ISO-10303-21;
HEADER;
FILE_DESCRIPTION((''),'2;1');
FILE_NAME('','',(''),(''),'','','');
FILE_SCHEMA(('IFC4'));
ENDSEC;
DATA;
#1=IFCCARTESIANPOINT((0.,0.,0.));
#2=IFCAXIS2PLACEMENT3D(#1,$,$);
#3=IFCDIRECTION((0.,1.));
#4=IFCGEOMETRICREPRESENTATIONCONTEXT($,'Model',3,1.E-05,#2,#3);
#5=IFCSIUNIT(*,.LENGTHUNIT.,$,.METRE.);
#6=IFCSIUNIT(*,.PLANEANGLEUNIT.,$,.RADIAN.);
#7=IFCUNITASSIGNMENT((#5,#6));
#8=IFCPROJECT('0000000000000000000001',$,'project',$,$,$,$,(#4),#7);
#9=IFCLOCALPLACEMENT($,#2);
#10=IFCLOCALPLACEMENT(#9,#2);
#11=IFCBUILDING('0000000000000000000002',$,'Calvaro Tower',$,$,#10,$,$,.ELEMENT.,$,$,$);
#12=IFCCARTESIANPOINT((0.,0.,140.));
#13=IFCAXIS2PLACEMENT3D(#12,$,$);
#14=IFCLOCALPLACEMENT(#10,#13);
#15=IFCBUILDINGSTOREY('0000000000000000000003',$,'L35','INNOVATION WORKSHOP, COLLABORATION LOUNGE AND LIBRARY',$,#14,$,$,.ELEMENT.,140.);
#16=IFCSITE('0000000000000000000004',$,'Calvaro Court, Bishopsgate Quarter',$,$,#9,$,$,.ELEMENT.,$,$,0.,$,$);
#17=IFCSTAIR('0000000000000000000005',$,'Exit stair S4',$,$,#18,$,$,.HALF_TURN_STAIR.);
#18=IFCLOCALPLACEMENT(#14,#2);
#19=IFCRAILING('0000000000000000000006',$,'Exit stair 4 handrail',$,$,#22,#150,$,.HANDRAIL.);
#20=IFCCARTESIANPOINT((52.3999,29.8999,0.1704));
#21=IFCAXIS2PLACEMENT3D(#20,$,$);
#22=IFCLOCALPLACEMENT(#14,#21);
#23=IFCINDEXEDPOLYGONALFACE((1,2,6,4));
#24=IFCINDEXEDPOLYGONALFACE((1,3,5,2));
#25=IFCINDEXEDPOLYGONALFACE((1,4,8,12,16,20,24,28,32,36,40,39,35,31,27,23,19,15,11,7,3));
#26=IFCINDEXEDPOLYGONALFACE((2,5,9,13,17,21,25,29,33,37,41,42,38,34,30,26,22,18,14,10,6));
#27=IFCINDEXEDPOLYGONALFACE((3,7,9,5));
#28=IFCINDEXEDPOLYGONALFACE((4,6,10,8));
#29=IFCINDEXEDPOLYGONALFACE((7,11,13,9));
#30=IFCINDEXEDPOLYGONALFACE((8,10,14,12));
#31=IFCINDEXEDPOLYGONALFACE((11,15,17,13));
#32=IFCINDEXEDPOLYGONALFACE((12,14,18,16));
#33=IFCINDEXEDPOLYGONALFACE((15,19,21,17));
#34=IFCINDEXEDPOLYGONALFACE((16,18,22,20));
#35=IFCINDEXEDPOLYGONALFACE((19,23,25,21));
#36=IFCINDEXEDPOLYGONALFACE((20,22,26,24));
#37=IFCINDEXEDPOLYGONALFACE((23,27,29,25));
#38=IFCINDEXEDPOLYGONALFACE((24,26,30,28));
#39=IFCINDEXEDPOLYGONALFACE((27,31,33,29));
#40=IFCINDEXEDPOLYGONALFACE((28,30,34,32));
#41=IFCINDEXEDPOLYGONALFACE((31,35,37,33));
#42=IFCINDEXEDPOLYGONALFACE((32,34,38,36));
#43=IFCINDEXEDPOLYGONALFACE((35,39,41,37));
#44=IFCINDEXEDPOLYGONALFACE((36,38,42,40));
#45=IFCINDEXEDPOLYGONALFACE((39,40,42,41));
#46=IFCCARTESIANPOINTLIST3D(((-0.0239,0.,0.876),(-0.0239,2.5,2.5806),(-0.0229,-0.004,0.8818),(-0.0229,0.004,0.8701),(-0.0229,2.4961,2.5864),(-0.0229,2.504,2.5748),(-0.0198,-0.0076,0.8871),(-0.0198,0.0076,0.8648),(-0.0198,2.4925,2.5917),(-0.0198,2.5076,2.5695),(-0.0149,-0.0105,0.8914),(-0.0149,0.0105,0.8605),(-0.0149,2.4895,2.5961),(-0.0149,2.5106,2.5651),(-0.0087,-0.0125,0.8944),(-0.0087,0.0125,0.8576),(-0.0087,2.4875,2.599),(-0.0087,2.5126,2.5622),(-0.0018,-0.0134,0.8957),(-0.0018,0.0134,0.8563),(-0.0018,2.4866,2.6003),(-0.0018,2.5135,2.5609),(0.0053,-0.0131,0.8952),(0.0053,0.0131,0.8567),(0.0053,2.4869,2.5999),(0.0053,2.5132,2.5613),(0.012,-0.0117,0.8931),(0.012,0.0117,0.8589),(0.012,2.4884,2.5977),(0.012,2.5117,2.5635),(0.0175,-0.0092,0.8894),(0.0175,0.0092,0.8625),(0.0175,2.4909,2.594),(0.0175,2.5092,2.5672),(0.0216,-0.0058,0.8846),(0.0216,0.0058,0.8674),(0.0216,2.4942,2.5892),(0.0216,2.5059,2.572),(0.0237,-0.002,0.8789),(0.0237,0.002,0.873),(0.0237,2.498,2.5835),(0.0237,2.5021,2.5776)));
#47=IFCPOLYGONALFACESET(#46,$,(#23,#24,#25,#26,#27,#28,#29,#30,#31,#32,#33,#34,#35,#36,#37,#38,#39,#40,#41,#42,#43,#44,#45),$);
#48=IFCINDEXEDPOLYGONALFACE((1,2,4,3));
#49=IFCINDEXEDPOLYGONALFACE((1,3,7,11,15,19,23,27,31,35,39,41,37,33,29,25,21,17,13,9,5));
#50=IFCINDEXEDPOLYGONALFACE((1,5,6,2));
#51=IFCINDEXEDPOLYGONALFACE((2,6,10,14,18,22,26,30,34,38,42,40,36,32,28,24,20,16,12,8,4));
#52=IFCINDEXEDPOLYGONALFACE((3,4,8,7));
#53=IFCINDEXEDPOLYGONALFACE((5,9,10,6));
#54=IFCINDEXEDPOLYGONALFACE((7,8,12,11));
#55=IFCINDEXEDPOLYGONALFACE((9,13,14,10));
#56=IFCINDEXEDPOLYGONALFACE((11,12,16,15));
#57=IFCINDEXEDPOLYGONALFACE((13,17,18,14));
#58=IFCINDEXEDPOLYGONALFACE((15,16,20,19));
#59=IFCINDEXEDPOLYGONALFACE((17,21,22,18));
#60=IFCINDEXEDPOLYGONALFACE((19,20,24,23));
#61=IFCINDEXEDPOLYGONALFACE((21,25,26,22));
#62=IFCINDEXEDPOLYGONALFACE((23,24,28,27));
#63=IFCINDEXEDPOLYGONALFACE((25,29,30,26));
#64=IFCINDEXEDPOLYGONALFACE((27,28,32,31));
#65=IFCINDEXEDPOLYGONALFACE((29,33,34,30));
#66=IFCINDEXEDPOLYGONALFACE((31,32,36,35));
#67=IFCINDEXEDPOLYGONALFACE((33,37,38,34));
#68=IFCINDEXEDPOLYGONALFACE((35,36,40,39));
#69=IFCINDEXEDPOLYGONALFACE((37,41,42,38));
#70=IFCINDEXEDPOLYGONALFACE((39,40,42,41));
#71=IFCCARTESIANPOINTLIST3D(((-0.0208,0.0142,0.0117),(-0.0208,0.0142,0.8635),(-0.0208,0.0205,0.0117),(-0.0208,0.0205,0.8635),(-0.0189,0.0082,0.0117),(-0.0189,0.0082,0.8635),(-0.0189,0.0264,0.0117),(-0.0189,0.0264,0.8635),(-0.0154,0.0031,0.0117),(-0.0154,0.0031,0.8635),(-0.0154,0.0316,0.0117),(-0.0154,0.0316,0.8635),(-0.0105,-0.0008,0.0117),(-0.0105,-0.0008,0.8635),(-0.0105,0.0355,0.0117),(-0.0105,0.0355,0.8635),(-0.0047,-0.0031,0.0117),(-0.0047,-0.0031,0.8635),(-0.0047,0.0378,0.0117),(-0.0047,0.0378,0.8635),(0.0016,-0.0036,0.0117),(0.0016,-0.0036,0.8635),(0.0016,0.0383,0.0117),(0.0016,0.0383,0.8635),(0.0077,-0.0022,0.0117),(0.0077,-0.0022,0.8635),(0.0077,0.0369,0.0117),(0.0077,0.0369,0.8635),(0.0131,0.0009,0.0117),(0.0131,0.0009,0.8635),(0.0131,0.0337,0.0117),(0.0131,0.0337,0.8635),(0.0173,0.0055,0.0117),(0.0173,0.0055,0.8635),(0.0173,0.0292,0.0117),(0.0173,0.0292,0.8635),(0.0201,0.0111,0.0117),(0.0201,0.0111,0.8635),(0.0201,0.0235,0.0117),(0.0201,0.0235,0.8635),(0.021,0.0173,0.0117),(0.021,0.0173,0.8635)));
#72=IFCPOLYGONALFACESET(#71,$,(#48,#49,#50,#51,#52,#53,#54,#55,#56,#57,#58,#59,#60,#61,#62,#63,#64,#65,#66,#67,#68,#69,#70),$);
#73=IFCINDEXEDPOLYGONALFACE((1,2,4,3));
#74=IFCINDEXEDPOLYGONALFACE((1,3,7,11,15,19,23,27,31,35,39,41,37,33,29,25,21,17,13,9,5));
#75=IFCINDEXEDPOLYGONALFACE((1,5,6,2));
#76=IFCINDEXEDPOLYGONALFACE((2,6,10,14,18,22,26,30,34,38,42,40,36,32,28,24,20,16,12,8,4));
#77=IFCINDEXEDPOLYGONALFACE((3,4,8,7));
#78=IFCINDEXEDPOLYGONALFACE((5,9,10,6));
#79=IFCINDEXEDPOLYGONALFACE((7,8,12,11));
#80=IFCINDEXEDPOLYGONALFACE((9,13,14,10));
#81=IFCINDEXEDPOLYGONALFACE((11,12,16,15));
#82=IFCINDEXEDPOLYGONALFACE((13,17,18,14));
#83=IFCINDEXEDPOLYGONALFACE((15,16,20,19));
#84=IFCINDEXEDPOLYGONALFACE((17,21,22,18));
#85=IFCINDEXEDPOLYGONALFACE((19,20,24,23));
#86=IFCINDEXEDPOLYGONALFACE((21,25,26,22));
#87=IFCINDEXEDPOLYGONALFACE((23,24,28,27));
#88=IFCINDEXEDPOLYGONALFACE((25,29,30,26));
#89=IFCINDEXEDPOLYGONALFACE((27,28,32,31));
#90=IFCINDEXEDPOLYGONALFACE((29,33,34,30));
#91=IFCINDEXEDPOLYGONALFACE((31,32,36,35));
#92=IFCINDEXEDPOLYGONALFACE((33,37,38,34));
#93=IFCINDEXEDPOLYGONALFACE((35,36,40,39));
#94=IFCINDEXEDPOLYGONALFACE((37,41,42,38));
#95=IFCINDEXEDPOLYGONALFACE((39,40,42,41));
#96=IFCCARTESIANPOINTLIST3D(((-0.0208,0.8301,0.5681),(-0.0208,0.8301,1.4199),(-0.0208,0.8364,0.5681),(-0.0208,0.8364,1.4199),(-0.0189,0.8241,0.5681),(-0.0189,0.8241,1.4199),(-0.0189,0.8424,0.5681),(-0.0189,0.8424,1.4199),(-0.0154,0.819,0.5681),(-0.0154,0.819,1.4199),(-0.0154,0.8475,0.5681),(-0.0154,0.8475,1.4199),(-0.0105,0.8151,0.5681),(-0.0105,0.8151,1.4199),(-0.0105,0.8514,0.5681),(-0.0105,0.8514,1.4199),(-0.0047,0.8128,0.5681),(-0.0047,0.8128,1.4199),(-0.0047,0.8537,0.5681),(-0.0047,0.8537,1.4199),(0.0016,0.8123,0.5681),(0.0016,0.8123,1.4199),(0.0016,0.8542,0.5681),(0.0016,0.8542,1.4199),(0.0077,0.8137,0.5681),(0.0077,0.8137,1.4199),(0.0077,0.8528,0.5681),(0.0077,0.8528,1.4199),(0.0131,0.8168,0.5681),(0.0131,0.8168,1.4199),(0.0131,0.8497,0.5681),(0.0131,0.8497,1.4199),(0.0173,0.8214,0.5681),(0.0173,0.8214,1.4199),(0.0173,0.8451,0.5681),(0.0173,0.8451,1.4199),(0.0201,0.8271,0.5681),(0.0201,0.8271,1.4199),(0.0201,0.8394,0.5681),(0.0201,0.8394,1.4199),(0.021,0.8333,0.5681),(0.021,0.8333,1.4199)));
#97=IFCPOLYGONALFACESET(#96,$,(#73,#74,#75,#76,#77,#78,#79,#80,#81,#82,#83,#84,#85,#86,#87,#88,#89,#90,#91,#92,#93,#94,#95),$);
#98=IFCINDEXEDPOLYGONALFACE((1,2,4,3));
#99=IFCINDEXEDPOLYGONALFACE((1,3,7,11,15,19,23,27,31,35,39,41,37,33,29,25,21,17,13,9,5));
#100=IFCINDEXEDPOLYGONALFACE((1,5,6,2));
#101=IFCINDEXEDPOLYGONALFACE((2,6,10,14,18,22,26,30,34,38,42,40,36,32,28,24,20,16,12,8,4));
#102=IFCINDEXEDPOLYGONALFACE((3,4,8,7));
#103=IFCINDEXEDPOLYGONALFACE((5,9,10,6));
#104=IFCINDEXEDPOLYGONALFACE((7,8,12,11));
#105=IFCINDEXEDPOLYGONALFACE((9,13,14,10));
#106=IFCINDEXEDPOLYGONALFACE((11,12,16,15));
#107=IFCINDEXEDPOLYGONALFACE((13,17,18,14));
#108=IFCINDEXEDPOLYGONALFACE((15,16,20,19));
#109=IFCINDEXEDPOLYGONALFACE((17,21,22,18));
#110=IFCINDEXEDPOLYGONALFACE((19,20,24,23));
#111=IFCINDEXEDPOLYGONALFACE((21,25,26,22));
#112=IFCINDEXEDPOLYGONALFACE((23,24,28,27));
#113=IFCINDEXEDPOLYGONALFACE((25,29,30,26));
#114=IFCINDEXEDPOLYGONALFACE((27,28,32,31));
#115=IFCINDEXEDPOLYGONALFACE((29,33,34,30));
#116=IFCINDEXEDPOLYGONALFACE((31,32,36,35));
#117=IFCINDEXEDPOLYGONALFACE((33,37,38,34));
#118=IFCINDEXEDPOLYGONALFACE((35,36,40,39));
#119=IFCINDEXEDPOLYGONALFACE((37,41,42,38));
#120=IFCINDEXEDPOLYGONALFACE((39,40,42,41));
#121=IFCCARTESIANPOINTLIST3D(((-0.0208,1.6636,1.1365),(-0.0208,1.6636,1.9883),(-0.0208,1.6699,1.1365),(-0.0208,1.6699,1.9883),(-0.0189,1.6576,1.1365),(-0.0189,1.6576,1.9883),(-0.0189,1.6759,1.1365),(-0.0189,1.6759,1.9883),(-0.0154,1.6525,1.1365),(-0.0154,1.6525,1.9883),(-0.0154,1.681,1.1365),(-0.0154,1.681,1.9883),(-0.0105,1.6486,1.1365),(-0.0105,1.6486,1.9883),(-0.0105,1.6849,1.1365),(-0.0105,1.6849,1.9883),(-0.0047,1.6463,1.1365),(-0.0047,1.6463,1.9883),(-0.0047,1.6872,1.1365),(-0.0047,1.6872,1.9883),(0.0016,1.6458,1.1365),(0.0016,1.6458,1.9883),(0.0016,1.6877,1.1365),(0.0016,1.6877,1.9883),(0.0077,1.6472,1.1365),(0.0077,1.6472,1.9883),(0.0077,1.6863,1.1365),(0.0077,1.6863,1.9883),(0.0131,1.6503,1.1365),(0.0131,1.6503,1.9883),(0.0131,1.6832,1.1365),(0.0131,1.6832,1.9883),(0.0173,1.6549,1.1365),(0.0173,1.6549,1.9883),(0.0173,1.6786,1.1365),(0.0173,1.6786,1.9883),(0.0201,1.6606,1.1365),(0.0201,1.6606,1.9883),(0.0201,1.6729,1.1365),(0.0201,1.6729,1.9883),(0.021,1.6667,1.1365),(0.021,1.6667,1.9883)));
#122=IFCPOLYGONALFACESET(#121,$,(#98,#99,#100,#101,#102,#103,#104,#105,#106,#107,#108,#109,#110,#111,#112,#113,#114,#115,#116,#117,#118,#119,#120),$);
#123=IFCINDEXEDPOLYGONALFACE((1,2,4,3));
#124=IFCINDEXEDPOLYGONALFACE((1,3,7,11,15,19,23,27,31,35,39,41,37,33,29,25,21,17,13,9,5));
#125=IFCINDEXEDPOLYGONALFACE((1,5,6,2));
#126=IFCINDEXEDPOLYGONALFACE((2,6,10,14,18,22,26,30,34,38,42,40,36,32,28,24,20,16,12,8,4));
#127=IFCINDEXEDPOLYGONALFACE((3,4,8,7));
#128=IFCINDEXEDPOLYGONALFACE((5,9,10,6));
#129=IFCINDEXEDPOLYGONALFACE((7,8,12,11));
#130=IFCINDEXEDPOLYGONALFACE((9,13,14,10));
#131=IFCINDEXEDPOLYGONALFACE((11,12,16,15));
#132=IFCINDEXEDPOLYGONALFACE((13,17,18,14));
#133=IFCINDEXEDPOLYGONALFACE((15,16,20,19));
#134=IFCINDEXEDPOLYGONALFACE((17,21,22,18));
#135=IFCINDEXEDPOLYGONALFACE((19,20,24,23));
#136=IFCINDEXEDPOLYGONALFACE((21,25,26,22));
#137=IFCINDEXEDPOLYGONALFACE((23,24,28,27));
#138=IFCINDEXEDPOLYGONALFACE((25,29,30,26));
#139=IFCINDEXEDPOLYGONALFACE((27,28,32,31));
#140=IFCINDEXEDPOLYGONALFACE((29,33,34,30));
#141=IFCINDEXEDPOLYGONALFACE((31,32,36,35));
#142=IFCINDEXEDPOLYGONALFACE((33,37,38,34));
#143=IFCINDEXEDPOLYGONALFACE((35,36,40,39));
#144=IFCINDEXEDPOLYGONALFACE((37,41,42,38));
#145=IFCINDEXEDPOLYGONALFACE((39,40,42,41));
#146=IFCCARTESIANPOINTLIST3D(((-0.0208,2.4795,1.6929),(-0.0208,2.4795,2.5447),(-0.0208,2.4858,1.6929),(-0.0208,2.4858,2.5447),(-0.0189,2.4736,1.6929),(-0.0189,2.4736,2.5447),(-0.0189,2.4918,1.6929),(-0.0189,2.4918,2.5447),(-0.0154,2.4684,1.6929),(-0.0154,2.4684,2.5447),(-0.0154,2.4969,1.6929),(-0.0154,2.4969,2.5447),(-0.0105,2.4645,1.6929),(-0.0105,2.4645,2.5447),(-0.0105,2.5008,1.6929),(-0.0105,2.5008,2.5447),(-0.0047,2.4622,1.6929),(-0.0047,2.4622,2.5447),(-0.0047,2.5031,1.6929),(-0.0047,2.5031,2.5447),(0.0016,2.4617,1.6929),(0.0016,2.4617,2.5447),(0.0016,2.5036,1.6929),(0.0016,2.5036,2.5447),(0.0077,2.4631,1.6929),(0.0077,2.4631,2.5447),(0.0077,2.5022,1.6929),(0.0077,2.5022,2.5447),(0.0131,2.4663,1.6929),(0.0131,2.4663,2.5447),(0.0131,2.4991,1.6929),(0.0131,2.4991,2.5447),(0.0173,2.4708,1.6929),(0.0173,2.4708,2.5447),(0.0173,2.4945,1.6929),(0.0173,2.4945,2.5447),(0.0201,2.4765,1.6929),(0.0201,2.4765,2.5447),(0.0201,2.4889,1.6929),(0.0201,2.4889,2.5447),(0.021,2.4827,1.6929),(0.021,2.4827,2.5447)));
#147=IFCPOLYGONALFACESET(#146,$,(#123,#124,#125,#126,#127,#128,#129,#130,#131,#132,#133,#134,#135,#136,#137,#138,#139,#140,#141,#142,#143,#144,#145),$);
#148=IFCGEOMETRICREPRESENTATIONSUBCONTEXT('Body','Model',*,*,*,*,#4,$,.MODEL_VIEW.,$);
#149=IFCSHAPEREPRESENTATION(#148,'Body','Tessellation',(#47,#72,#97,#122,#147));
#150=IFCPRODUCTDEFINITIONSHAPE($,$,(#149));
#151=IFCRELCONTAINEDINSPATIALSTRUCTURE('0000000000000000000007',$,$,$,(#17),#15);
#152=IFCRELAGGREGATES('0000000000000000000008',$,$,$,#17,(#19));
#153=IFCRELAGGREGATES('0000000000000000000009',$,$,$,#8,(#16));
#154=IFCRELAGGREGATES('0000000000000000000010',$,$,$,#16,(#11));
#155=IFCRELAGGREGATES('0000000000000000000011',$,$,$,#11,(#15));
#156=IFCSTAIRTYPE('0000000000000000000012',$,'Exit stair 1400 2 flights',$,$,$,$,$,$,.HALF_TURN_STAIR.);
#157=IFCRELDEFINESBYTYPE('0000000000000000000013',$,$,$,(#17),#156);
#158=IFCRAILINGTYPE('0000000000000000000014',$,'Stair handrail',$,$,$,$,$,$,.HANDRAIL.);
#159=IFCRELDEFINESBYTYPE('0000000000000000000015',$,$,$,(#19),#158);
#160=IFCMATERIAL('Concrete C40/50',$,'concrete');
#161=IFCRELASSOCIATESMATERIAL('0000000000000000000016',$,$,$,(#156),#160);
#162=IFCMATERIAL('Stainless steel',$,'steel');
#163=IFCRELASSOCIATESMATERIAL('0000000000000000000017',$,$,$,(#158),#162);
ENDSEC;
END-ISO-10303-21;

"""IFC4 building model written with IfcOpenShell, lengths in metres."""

from ifc_helpers import new_model, si_unit, direction, frame, origin, origin_2d, place, context, subcontext, project, spatial, circle, extrude, material, type_object, element, aggregate, save


model = new_model("IFC4")

# Units and contexts
model_context = context("Model", 3, precision=1e-05, world=origin(), true_north=direction((0.0, 1.0)))
body_context = subcontext(model_context, "Body", "Model", "MODEL_VIEW")
ifc_project = project(units=[si_unit("LENGTHUNIT", "METRE"), si_unit("PLANEANGLEUNIT", "RADIAN")], contexts=[model_context])

# Site, building, storey
site_placement = place(None, origin())
site = spatial("IfcSite", under=ifc_project, at=site_placement, Name="Calvaro Court, Bishopsgate Quarter", CompositionType="ELEMENT", RefElevation=0.0)
building_placement = place(site_placement, origin())
building = spatial("IfcBuilding", under=site, at=building_placement, Name="Calvaro Tower", CompositionType="ELEMENT")
storey_placement = place(building_placement, frame((0.0, 0.0, 140.0)))
storey = spatial("IfcBuildingStorey", under=building, at=storey_placement, Name="L35", Description="INNOVATION WORKSHOP, COLLABORATION LOUNGE AND LIBRARY", CompositionType="ELEMENT", Elevation=140.0)

# Shared definitions
ifc_material_1 = material(Name="Concrete C40/50", Category="concrete")
stair_type = type_object("IfcStairType", Name="Exit stair 1400 2 flights", PredefinedType="HALF_TURN_STAIR", material=ifc_material_1)

# Stair, railing
stair_1_placement = place(storey_placement, origin())
stair_1 = element("IfcStair", 1, at=stair_1_placement, inside=storey, type_object=stair_type, Name="Exit stair S4", PredefinedType="HALF_TURN_STAIR")
ifc_material_2 = material(Name="Stainless steel", Category="steel")
railing_type = type_object("IfcRailingType", Name="Stair handrail", PredefinedType="HANDRAIL", material=ifc_material_2)
railing_1_placement = place(storey_placement, frame((52.3999, 29.8999, 0.1704)))
railing_1 = element("IfcRailing", 2, at=railing_1_placement, type_object=railing_type, Name="Exit stair 4 handrail", PredefinedType="HANDRAIL", context=body_context, shape_type="SweptSolid", body=[
    extrude(circle(Radius=0.0239, at=origin_2d()), frame((0.0, 0.0, 0.876), z_axis=(0.0, 0.826221, 0.563347), x_axis=(-1.0, 0.0, 0.0)), (0.0, 0.0, 1.0), 3.0259),
    extrude(circle(Radius=0.021, at=origin_2d()), frame((0.0, 0.0173, 0.0117)), (0.0, 0.0, 1.0), 0.8518),
    extrude(circle(Radius=0.021, at=origin_2d()), frame((0.0, 0.8333, 0.5681)), (0.0, 0.0, 1.0), 0.8518),
    extrude(circle(Radius=0.021, at=origin_2d()), frame((0.0, 1.6667, 1.1365)), (0.0, 0.0, 1.0), 0.8518),
    extrude(circle(Radius=0.021, at=origin_2d()), frame((0.0, 2.4827, 1.6929)), (0.0, 0.0, 1.0), 0.8518),
])
aggregate(stair_1, [railing_1])

save(model, "model.ifc")
